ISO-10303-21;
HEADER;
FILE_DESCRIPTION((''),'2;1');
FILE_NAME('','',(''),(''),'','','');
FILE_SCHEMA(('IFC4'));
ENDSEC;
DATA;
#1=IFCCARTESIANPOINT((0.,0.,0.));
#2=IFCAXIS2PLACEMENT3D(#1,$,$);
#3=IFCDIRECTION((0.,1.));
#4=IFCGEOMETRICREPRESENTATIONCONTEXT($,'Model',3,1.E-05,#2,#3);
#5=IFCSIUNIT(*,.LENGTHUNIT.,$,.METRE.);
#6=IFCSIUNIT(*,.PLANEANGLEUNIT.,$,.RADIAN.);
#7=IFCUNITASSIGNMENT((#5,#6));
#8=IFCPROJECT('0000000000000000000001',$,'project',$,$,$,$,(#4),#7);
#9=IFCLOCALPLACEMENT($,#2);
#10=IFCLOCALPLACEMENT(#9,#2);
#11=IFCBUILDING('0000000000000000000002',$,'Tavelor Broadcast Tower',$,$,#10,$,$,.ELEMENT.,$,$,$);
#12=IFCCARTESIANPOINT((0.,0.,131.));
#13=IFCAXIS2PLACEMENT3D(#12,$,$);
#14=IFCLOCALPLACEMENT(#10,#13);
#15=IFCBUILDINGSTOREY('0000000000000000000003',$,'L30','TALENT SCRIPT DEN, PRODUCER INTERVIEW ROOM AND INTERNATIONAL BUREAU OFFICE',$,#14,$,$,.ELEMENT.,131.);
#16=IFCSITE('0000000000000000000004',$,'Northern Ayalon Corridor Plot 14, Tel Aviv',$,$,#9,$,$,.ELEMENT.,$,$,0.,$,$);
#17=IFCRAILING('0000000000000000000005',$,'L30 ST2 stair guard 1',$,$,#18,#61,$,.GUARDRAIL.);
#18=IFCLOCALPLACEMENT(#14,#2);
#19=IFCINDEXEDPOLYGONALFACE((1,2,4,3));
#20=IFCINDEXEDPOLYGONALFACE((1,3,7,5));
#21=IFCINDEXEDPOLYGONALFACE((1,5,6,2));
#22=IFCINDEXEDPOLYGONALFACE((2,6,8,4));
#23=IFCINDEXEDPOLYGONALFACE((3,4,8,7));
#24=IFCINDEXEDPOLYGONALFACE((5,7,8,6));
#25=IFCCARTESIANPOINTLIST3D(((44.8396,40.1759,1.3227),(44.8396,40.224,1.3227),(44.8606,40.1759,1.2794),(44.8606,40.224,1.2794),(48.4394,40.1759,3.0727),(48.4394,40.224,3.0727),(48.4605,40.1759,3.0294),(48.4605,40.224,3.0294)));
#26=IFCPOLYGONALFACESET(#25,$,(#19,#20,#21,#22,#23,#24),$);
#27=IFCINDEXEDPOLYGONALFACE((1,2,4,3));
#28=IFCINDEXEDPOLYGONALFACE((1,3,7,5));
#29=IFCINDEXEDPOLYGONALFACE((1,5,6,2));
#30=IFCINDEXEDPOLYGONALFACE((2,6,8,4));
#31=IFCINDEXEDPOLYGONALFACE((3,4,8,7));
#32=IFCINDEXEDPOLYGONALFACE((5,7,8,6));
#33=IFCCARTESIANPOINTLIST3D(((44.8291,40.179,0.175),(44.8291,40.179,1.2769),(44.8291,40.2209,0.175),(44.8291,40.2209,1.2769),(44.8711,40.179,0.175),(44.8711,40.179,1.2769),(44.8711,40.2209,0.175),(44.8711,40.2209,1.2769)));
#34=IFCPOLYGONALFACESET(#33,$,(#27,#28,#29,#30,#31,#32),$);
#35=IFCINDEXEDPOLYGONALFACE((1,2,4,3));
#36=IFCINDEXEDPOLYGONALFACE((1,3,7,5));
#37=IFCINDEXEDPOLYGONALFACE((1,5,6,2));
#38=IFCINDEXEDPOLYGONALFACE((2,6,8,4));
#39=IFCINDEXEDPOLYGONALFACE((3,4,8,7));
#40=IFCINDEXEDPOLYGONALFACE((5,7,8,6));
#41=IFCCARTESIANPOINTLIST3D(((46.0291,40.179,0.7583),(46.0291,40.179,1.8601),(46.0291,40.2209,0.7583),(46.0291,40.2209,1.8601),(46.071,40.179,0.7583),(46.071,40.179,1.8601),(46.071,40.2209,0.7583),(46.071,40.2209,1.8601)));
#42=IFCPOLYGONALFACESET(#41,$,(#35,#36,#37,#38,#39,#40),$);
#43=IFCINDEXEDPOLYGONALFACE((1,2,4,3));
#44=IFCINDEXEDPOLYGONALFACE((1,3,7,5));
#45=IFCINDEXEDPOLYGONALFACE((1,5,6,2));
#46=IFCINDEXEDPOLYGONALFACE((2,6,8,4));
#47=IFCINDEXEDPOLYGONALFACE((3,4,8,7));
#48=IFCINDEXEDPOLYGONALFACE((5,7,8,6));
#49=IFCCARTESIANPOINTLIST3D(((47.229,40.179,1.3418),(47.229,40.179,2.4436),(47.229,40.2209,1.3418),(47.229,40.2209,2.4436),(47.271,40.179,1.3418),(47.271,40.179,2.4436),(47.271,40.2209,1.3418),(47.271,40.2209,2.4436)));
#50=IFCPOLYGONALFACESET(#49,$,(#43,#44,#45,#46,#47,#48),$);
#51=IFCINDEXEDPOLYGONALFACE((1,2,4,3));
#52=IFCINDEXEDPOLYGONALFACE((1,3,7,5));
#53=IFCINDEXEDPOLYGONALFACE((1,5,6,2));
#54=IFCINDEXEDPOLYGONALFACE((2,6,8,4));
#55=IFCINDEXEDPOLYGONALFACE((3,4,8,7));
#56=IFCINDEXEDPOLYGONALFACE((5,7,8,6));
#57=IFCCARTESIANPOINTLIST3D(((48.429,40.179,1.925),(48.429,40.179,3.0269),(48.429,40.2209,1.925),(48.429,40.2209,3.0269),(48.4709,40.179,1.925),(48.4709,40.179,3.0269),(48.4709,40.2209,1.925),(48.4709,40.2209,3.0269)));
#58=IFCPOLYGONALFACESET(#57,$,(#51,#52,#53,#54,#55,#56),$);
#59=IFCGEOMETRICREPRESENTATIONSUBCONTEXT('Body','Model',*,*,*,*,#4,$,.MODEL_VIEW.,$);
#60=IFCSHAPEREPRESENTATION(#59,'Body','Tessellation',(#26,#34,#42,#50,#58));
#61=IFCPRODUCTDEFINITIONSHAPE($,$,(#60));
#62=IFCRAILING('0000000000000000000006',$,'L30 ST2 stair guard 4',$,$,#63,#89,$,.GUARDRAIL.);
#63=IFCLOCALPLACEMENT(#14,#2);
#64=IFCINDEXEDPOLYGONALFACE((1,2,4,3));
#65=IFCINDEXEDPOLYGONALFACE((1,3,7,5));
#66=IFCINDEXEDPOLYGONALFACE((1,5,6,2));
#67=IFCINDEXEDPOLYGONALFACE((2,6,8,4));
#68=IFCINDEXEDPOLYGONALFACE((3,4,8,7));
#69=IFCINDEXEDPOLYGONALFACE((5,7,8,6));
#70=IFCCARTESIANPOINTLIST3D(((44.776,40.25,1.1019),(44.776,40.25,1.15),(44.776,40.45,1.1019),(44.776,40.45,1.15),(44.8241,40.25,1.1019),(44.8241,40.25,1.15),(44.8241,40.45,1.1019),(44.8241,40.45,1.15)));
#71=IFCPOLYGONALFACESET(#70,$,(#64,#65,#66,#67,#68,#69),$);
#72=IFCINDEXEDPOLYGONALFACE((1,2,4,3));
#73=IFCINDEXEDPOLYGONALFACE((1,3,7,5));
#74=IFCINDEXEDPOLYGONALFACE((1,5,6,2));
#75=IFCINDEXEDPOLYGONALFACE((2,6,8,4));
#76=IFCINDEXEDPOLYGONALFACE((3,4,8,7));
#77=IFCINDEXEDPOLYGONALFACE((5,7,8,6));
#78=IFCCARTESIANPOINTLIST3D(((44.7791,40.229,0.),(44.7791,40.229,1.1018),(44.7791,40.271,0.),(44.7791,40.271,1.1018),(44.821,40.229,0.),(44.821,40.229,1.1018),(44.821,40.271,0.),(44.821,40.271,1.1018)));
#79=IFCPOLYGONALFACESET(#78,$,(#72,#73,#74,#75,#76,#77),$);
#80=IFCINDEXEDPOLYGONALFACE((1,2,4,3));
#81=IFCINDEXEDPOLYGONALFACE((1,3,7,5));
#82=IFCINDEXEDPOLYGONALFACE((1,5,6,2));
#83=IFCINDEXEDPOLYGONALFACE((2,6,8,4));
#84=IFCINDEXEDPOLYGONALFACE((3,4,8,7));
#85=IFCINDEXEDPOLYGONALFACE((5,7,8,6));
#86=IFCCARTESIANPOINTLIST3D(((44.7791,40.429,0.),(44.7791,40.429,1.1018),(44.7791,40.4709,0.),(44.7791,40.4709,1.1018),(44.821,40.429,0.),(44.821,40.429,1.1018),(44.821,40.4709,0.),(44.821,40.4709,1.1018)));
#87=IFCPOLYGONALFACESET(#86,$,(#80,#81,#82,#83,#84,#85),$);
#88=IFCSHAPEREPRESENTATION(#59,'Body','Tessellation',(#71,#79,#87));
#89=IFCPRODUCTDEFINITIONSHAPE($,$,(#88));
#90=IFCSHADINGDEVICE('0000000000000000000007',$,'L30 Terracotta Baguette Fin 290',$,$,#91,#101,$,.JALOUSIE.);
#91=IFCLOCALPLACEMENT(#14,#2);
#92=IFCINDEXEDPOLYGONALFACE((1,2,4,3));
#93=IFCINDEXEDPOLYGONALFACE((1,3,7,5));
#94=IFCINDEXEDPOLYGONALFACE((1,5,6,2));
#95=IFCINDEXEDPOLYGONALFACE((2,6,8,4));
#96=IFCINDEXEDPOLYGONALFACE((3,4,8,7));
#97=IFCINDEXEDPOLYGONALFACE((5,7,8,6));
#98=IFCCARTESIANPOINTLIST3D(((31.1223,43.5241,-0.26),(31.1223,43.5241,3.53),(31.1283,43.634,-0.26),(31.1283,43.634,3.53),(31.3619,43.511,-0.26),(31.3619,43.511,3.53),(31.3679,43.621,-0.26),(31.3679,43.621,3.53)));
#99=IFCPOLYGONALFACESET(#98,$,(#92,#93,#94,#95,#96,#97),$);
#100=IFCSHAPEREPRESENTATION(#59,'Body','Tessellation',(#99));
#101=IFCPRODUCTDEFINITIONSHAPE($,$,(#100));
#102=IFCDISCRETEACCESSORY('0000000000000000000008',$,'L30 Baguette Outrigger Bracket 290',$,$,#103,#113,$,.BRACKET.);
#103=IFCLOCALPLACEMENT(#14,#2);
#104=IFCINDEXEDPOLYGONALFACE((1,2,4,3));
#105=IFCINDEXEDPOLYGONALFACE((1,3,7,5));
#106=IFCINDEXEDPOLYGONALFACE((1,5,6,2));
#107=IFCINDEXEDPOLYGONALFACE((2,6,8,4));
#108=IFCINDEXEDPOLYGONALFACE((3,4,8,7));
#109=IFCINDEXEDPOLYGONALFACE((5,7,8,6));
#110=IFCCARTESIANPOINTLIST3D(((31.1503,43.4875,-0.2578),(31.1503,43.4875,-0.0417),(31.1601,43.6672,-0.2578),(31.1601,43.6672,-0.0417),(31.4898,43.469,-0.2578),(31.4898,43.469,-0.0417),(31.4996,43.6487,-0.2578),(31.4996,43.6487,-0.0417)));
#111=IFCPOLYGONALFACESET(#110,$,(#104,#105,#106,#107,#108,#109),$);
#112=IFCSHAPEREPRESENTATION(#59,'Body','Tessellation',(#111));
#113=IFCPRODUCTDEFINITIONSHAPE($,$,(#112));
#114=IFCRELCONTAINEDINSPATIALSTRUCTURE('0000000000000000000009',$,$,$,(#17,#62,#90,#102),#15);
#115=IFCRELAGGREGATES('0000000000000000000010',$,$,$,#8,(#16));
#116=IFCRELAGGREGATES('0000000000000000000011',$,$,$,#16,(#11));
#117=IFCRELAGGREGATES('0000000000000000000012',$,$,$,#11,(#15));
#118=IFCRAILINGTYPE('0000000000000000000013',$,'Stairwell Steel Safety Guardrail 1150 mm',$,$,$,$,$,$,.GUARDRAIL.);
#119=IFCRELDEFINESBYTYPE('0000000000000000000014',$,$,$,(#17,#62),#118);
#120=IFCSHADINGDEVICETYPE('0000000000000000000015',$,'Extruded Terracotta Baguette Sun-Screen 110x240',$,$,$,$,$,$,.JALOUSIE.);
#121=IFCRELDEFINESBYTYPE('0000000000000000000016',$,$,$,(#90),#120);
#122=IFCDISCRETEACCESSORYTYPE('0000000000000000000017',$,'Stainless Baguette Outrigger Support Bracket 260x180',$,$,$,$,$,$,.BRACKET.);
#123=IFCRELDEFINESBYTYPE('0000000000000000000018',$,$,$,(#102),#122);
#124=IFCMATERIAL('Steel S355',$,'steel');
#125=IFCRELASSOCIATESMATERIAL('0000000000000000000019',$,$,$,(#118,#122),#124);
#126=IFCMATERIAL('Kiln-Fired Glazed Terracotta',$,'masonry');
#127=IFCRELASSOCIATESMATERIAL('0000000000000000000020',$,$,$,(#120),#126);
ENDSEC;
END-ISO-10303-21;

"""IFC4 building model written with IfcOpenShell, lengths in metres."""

from ifc_helpers import new_model, si_unit, direction, frame, origin, origin_2d, place, context, subcontext, project, spatial, rectangle, extrude, source, transform, mapped, material, type_object, type_shapes, element, save


model = new_model("IFC4")

# Units and contexts
model_context = context("Model", 3, precision=1e-05, world=origin(), true_north=direction((0.0, 1.0)))
body_context = subcontext(model_context, "Body", "Model", "MODEL_VIEW")
ifc_project = project(units=[si_unit("LENGTHUNIT", "METRE"), si_unit("PLANEANGLEUNIT", "RADIAN")], contexts=[model_context])

# Site, building, storey
site_placement = place(None, origin())
site = spatial("IfcSite", under=ifc_project, at=site_placement, Name="Northern Ayalon Corridor Plot 14, Tel Aviv", CompositionType="ELEMENT", RefElevation=0.0)
building_placement = place(site_placement, origin())
building = spatial("IfcBuilding", under=site, at=building_placement, Name="Tavelor Broadcast Tower", CompositionType="ELEMENT")
storey_placement = place(building_placement, frame((0.0, 0.0, 131.0)))
storey = spatial("IfcBuildingStorey", under=building, at=storey_placement, Name="L30", Description="TALENT SCRIPT DEN, PRODUCER INTERVIEW ROOM AND INTERNATIONAL BUREAU OFFICE", CompositionType="ELEMENT", Elevation=131.0)

# Shared definitions
ifc_material_1 = material(Name="Steel S355", Category="steel")

# Railings
railing_type = type_object("IfcRailingType", Name="Stairwell Steel Safety Guardrail 1150 mm", PredefinedType="GUARDRAIL", material=ifc_material_1)
railing_1_placement = place(storey_placement, frame((44.8501, 40.2, 0.175)))
element("IfcRailing", 1, at=railing_1_placement, inside=storey, type_object=railing_type, Name="L30 ST2 stair guard 1", PredefinedType="GUARDRAIL", context=body_context, shape_type="SweptSolid", body=[
    extrude(rectangle(XDim=0.0481, YDim=0.0481, at=origin_2d()), frame((0.0, 0.0, 1.126), z_axis=(0.899361, 0.0, 0.437207), x_axis=(0.0, 1.0, 0.0)), (0.0, 0.0, 1.0), 4.0027),
    extrude(rectangle(XDim=0.042, YDim=0.042, at=origin_2d()), origin(), (0.0, 0.0, 1.0), 1.1018),
    extrude(rectangle(XDim=0.042, YDim=0.042, at=origin_2d()), frame((1.2, 0.0, 0.5833)), (0.0, 0.0, 1.0), 1.1018),
    extrude(rectangle(XDim=0.042, YDim=0.042, at=origin_2d()), frame((2.3999, 0.0, 1.1667)), (0.0, 0.0, 1.0), 1.1018),
    extrude(rectangle(XDim=0.042, YDim=0.042, at=origin_2d()), frame((3.5999, 0.0, 1.75)), (0.0, 0.0, 1.0), 1.1018),
])
railing_2_placement = place(storey_placement, frame((44.8, 40.25, 0.0)))
element("IfcRailing", 2, at=railing_2_placement, inside=storey, type_object=railing_type, Name="L30 ST2 stair guard 4", PredefinedType="GUARDRAIL", context=body_context, shape_type="SweptSolid", body=[
    extrude(rectangle(XDim=0.0481, YDim=0.0481, at=origin_2d()), frame((0.0, 0.0, 1.126), z_axis=(0.0, 1.0, 0.0), x_axis=(-1.0, 0.0, 0.0)), (0.0, 0.0, 1.0), 0.2),
    extrude(rectangle(XDim=0.042, YDim=0.042, at=origin_2d()), origin(), (0.0, 0.0, 1.0), 1.1018),
    extrude(rectangle(XDim=0.042, YDim=0.042, at=origin_2d()), frame((0.0, 0.2, 0.0)), (0.0, 0.0, 1.0), 1.1018),
])

# Shading device
ifc_material_2 = material(Name="Kiln-Fired Glazed Terracotta", Category="masonry")
shading_device_type = type_object("IfcShadingDeviceType", Name="Extruded Terracotta Baguette Sun-Screen 110x240", PredefinedType="JALOUSIE", material=ifc_material_2)
shared_shape_1 = source(origin(), body_context, "Body", "SweptSolid", [
    extrude(rectangle(XDim=0.1101, YDim=0.24, at=origin_2d()), origin(), (0.0, 0.0, 1.0), 3.79),
])
type_shapes(shading_device_type, [shared_shape_1])
shading_device_placement = place(storey_placement, frame((31.2451, 43.5725, -0.26), z_axis=(0.0, 0.0, 1.0), x_axis=(-0.054427, -0.998518, 0.0)))
element("IfcShadingDevice", 3, at=shading_device_placement, inside=storey, type_object=shading_device_type, Name="L30 Terracotta Baguette Fin 290", PredefinedType="JALOUSIE", context=body_context, shape_type="MappedRepresentation", body=[
    mapped(shared_shape_1, transform((0.0, 0.0, 0.0), scale=1.0)),
])

# Discrete accessory
discrete_accessory_type = type_object("IfcDiscreteAccessoryType", Name="Stainless Baguette Outrigger Support Bracket 260x180", PredefinedType="BRACKET", material=ifc_material_1)
shared_shape_2 = source(origin(), body_context, "Body", "SweptSolid", [
    extrude(rectangle(XDim=0.1799, YDim=0.3401, at=origin_2d()), origin(), (0.0, 0.0, 1.0), 0.2161),
])
type_shapes(discrete_accessory_type, [shared_shape_2])
discrete_accessory_placement = place(storey_placement, frame((31.325, 43.5681, -0.2578), z_axis=(0.0, 0.0, 1.0), x_axis=(-0.054427, -0.998518, 0.0)))
element("IfcDiscreteAccessory", 4, at=discrete_accessory_placement, inside=storey, type_object=discrete_accessory_type, Name="L30 Baguette Outrigger Bracket 290", PredefinedType="BRACKET", context=body_context, shape_type="MappedRepresentation", body=[
    mapped(shared_shape_2, transform((0.0, 0.0, 0.0), scale=1.0)),
])

save(model, "model.ifc")
